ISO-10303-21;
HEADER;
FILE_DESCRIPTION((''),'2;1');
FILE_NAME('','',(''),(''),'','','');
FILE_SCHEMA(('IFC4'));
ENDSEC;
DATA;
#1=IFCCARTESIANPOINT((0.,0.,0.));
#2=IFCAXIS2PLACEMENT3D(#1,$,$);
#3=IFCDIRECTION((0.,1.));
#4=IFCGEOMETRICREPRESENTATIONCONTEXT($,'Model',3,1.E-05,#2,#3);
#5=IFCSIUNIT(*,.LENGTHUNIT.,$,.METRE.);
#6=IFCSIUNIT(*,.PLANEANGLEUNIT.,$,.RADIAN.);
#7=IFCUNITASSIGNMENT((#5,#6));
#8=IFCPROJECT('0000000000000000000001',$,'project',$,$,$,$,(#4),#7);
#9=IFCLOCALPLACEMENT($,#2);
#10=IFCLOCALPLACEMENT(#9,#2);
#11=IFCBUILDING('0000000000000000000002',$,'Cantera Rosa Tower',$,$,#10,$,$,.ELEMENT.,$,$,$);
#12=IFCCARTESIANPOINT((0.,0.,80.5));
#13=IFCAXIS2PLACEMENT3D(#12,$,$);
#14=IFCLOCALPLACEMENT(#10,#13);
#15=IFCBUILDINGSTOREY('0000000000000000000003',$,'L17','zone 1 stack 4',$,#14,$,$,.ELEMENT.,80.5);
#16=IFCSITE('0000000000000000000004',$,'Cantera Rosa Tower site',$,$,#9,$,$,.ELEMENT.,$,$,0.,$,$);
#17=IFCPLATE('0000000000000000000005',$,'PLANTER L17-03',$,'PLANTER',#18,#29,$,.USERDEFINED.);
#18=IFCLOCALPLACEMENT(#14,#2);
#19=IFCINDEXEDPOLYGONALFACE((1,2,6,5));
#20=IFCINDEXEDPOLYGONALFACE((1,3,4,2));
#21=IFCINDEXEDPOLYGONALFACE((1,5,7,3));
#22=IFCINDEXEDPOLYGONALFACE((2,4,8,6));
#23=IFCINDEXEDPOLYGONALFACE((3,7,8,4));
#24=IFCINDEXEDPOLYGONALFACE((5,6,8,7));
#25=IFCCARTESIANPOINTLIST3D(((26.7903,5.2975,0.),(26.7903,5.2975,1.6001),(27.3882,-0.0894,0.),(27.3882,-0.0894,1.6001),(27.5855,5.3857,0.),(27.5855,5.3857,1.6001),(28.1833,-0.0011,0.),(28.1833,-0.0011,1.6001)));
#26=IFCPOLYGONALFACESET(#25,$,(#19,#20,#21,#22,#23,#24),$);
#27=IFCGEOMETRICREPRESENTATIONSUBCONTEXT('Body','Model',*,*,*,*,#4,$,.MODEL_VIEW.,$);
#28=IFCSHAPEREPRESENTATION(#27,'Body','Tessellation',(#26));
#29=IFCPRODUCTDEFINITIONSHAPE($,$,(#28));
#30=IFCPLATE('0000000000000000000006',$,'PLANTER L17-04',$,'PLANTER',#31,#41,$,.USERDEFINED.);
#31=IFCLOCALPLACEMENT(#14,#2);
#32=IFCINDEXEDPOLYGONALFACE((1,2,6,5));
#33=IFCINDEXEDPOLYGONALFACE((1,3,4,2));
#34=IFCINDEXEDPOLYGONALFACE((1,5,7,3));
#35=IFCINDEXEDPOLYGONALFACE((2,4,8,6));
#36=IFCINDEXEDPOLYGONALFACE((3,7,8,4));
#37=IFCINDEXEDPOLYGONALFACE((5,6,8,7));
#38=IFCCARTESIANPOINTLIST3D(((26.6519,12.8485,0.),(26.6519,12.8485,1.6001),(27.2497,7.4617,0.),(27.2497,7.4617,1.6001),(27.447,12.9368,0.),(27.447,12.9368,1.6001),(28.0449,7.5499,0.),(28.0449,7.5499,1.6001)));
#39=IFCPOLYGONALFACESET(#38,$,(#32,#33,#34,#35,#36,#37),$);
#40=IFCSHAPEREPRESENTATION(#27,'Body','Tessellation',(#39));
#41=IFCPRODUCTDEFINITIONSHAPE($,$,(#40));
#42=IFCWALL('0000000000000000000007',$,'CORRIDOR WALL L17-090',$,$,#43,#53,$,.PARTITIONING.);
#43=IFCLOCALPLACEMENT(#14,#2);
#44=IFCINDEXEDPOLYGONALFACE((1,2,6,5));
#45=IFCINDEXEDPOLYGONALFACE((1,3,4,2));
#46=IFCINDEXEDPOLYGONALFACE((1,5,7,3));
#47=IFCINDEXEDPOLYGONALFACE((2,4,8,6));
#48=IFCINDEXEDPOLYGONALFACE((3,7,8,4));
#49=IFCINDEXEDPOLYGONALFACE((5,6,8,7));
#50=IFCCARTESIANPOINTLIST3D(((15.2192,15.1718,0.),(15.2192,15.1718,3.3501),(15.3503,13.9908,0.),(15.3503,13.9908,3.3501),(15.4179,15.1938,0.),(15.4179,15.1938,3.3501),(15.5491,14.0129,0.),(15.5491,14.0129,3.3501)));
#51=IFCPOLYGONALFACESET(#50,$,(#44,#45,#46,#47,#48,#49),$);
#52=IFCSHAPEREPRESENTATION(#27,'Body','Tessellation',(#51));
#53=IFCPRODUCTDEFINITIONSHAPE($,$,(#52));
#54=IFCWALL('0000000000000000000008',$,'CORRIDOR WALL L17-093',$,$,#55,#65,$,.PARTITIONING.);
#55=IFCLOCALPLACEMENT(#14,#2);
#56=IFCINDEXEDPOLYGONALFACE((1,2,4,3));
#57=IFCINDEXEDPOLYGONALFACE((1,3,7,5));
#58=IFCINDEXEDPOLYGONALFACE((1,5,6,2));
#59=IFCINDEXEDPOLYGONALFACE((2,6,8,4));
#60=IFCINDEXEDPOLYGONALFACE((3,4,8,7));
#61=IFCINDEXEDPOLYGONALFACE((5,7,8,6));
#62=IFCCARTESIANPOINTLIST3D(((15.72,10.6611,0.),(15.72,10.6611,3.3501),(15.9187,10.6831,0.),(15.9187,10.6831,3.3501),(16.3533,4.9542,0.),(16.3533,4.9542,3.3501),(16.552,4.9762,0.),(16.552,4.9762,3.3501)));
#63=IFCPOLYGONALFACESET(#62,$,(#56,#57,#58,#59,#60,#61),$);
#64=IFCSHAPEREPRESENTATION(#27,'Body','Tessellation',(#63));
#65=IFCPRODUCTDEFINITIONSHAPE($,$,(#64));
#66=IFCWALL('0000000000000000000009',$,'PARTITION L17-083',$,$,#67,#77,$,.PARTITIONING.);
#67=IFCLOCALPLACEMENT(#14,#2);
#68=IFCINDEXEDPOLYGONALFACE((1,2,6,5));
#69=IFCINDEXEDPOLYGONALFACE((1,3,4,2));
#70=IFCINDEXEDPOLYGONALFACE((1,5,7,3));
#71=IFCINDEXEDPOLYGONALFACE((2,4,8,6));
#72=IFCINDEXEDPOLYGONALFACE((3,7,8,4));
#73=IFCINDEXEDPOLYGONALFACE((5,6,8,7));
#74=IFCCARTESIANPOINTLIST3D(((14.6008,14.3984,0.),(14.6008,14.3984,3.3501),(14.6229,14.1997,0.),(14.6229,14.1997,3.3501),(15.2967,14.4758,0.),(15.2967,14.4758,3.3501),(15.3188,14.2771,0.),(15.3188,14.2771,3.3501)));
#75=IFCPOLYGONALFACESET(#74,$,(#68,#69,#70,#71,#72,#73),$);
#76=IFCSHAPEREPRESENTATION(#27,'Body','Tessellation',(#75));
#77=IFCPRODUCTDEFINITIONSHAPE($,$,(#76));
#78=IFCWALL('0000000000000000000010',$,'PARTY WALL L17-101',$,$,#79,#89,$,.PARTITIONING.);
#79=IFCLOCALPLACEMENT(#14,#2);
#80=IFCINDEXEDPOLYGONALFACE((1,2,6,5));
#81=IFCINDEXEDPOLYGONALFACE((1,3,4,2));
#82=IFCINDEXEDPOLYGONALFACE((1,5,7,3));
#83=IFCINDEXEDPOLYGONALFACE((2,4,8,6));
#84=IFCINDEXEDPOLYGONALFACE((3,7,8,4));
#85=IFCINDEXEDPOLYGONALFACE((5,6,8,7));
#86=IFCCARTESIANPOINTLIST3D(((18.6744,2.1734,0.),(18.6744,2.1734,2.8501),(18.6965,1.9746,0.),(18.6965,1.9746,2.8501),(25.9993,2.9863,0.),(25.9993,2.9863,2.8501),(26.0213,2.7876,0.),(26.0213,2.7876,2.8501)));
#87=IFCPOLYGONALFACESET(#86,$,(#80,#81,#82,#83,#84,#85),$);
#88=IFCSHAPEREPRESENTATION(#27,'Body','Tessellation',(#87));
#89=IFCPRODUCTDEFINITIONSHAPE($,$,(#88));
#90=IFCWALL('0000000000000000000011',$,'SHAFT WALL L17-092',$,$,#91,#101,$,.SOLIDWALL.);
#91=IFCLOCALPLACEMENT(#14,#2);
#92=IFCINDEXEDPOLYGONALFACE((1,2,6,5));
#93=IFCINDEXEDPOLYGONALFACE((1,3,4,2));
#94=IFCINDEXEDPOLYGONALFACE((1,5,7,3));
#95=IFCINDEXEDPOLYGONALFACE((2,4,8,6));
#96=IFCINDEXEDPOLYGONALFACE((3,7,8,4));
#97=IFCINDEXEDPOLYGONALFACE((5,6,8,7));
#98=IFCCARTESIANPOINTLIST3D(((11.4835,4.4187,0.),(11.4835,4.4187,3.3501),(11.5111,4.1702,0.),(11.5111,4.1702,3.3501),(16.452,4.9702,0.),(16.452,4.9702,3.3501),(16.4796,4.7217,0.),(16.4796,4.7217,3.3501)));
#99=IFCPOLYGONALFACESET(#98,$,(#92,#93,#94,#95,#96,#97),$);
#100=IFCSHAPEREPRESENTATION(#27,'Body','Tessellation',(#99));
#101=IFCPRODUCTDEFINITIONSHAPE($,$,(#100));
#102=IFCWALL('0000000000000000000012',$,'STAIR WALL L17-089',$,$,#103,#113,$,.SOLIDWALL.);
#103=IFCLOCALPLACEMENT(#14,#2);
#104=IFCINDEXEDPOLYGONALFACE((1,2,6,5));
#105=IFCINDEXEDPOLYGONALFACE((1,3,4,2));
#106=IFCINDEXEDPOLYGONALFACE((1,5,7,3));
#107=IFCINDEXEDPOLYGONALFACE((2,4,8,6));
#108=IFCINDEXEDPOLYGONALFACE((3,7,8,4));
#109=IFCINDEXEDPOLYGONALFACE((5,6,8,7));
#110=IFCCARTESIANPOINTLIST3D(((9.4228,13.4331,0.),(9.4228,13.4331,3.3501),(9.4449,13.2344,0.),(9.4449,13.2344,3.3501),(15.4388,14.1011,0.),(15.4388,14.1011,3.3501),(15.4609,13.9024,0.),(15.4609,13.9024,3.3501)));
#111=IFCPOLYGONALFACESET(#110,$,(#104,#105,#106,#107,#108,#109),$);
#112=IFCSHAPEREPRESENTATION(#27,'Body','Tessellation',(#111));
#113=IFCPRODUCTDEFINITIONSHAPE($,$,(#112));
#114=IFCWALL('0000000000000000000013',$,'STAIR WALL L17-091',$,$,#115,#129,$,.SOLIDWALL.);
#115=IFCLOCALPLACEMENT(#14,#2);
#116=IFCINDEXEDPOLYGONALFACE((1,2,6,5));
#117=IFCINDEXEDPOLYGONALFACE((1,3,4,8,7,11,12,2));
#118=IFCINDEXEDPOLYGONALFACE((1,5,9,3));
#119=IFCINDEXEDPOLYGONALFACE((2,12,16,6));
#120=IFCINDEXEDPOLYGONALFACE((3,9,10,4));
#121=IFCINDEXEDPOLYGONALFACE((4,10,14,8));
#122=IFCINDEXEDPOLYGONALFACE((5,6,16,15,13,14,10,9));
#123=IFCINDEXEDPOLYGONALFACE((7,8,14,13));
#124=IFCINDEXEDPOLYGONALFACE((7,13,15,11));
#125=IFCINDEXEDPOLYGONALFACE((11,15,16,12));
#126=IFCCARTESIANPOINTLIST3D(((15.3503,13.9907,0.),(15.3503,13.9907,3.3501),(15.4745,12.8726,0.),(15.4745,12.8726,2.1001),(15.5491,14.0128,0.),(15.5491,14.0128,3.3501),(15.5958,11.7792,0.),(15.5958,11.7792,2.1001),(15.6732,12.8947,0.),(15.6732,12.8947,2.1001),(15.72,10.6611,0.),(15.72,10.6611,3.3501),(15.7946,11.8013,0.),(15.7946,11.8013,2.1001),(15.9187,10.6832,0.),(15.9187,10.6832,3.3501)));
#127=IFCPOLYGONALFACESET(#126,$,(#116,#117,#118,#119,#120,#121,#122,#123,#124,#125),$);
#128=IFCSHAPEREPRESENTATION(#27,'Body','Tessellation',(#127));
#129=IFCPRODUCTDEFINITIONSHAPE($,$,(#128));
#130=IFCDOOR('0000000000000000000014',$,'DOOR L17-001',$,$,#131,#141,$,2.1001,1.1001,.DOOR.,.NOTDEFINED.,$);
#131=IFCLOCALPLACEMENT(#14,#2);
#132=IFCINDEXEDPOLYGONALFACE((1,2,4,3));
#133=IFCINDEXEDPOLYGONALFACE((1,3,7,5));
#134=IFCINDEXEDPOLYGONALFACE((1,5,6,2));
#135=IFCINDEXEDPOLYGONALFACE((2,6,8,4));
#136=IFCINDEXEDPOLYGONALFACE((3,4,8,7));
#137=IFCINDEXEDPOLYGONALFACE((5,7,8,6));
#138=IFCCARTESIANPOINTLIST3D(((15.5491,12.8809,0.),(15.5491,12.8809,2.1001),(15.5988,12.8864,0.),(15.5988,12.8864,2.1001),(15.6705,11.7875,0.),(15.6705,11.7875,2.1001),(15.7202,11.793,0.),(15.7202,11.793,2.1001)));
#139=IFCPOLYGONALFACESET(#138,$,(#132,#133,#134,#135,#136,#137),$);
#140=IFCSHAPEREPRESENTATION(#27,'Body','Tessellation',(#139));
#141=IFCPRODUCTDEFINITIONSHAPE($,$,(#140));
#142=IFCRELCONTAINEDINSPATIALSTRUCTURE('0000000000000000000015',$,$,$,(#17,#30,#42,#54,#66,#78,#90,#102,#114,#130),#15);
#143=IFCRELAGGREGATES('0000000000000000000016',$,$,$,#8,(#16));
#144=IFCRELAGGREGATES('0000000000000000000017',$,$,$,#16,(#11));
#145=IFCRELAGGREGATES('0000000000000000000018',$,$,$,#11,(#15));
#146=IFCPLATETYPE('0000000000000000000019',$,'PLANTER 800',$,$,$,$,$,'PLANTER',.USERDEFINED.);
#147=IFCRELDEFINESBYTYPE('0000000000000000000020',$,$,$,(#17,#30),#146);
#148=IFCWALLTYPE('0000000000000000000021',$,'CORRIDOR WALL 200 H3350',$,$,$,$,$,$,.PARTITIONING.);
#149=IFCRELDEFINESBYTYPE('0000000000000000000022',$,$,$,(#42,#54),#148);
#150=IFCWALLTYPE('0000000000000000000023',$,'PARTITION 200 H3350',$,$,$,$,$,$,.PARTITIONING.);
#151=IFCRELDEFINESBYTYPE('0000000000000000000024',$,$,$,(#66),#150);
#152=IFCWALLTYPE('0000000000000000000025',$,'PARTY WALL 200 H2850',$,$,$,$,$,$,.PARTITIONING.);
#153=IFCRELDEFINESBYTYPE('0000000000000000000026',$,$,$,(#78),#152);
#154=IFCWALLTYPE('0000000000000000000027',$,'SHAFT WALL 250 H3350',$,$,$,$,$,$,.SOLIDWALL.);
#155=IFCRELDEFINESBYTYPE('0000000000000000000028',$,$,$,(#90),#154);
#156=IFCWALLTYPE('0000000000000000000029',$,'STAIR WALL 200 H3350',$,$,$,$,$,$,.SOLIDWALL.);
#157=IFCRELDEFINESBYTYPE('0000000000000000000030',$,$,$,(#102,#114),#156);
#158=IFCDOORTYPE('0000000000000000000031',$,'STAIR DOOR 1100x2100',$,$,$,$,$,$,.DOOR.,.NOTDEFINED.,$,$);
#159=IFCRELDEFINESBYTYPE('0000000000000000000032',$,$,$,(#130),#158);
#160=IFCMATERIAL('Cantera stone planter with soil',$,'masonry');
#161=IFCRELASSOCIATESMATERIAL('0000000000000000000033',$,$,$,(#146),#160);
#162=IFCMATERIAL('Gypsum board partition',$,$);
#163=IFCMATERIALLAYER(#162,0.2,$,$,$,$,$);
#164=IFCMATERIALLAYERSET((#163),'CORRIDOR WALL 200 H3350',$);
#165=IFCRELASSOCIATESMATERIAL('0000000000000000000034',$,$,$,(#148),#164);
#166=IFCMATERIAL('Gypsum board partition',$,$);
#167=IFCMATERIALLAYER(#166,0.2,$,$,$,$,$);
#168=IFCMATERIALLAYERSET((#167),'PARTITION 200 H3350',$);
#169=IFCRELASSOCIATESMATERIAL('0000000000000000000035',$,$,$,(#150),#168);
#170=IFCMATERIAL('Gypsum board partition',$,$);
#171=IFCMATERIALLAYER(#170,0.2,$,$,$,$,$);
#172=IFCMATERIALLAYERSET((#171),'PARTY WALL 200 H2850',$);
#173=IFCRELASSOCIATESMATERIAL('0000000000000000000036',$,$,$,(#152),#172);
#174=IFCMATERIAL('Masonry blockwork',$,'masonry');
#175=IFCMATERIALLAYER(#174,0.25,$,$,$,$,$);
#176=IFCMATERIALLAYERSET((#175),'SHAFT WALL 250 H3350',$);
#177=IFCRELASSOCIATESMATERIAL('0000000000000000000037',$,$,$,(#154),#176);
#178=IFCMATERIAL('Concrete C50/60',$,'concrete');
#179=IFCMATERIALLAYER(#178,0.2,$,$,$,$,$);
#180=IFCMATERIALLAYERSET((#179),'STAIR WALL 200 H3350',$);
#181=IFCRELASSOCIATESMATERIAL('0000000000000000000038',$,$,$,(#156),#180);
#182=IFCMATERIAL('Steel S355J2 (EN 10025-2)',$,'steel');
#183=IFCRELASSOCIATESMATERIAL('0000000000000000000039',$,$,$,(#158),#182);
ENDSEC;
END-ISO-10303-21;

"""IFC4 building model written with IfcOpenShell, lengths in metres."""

from ifc_helpers import new_model, si_unit, direction, frame, frame_2d, origin, origin_2d, place, context, subcontext, project, spatial, rectangle, extrude, material, layer, layer_set, type_object, element, fill, save


model = new_model("IFC4")

# Units and contexts
model_context = context("Model", 3, precision=1e-05, world=origin(), true_north=direction((0.0, 1.0)))
body_context = subcontext(model_context, "Body", "Model", "MODEL_VIEW")
ifc_project = project(units=[si_unit("LENGTHUNIT", "METRE"), si_unit("PLANEANGLEUNIT", "RADIAN")], contexts=[model_context])

# Site, building, storey
site_placement = place(None, origin())
site = spatial("IfcSite", under=ifc_project, at=site_placement, Name="Cantera Rosa Tower site", CompositionType="ELEMENT", RefElevation=0.0)
building_placement = place(site_placement, origin())
building = spatial("IfcBuilding", under=site, at=building_placement, Name="Cantera Rosa Tower", CompositionType="ELEMENT")
storey_placement = place(building_placement, frame((0.0, 0.0, 80.5)))
storey = spatial("IfcBuildingStorey", under=building, at=storey_placement, Name="L17", Description="zone 1 stack 4", CompositionType="ELEMENT", Elevation=80.5)

# Plates
ifc_material_1 = material(Name="Cantera stone planter with soil", Category="masonry")
plate_type = type_object("IfcPlateType", Name="PLANTER 800", ElementType="PLANTER", PredefinedType="USERDEFINED", material=ifc_material_1)
for number, where, z_axis, x_axis, name in (
    (1, (27.4868, 2.6482, 0.0), (0.0, 0.0, 1.0), (-0.110313, 0.993897, 0.0), "PLANTER L17-03"),
    (2, (27.3484, 10.1992, 0.0), (0.0, 0.0, 1.0), (-0.110313, 0.993897, 0.0), "PLANTER L17-04"),
):
    element("IfcPlate", number, at=place(storey_placement, frame(where, z_axis=z_axis, x_axis=x_axis)), inside=storey, type_object=plate_type, Name=name, ObjectType="PLANTER", PredefinedType="USERDEFINED", context=body_context, shape_type="SweptSolid", body=[
        extrude(rectangle(XDim=5.4199, YDim=0.8, at=origin_2d()), origin(), (0.0, 0.0, 1.0), 1.6001),
    ])

# Walls
ifc_material_2 = material(Name="Gypsum board partition")
ifc_layer_1 = layer(ifc_material_2, 0.2)
ifc_layer_set_1 = layer_set([ifc_layer_1], Name="CORRIDOR WALL 200 H3350")
wall_type_1 = type_object("IfcWallType", Name="CORRIDOR WALL 200 H3350", PredefinedType="PARTITIONING", material=ifc_layer_set_1)
wall_1_placement = place(storey_placement, frame((15.4497, 14.0017, 0.0), z_axis=(0.0, 0.0, 1.0), x_axis=(-0.110341, 0.993894, 0.0)))
element("IfcWall", 3, at=wall_1_placement, inside=storey, type_object=wall_type_1, Name="CORRIDOR WALL L17-090", PredefinedType="PARTITIONING", context=body_context, shape_type="SweptSolid", body=[
    extrude(rectangle(XDim=1.1882, YDim=0.2, at=frame_2d((0.5942, 0.0))), origin(), (0.0, 0.0, 1.0), 3.3501),
])
wall_2_placement = place(storey_placement, frame((16.4526, 4.9651, 0.0), z_axis=(0.0, 0.0, 1.0), x_axis=(-0.110292, 0.993899, 0.0)))
element("IfcWall", 4, at=wall_2_placement, inside=storey, type_object=wall_type_1, Name="CORRIDOR WALL L17-093", PredefinedType="PARTITIONING", context=body_context, shape_type="SweptSolid", body=[
    extrude(rectangle(XDim=5.7419, YDim=0.2, at=frame_2d((2.8711, 0.0))), origin(), (0.0, 0.0, 1.0), 3.3501),
])

# Walls
ifc_material_3 = material(Name="Gypsum board partition")
ifc_layer_2 = layer(ifc_material_3, 0.2)
ifc_layer_set_2 = layer_set([ifc_layer_2], Name="PARTITION 200 H3350")
wall_type_2 = type_object("IfcWallType", Name="PARTITION 200 H3350", PredefinedType="PARTITIONING", material=ifc_layer_set_2)
wall_3_placement = place(storey_placement, frame((14.6118, 14.2991, 0.0), z_axis=(0.0, 0.0, 1.0), x_axis=(0.993871, 0.110546, 0.0)))
element("IfcWall", 5, at=wall_3_placement, inside=storey, type_object=wall_type_2, Name="PARTITION L17-083", PredefinedType="PARTITIONING", context=body_context, shape_type="SweptSolid", body=[
    extrude(rectangle(XDim=0.7002, YDim=0.2, at=frame_2d((0.3501, 0.0))), origin(), (0.0, 0.0, 1.0), 3.3501),
])
ifc_material_4 = material(Name="Gypsum board partition")
ifc_layer_3 = layer(ifc_material_4, 0.2)
ifc_layer_set_3 = layer_set([ifc_layer_3], Name="PARTY WALL 200 H2850")
wall_type_3 = type_object("IfcWallType", Name="PARTY WALL 200 H2850", PredefinedType="PARTITIONING", material=ifc_layer_set_3)
wall_4_placement = place(storey_placement, frame((18.6853, 2.074, 0.0), z_axis=(0.0, 0.0, 1.0), x_axis=(0.993897, 0.110312, 0.0)))
element("IfcWall", 6, at=wall_4_placement, inside=storey, type_object=wall_type_3, Name="PARTY WALL L17-101", PredefinedType="PARTITIONING", context=body_context, shape_type="SweptSolid", body=[
    extrude(rectangle(XDim=7.3699, YDim=0.2, at=frame_2d((3.6851, 0.0))), origin(), (0.0, 0.0, 1.0), 2.8501),
])
ifc_material_5 = material(Name="Masonry blockwork", Category="masonry")
ifc_layer_4 = layer(ifc_material_5, 0.25)
ifc_layer_set_4 = layer_set([ifc_layer_4], Name="SHAFT WALL 250 H3350")
wall_type_4 = type_object("IfcWallType", Name="SHAFT WALL 250 H3350", PredefinedType="SOLIDWALL", material=ifc_layer_set_4)
wall_5_placement = place(storey_placement, frame((16.4658, 4.8459, 0.0), z_axis=(0.0, 0.0, 1.0), x_axis=(-0.993896, -0.110324, 0.0)))
element("IfcWall", 7, at=wall_5_placement, inside=storey, type_object=wall_type_4, Name="SHAFT WALL L17-092", PredefinedType="SOLIDWALL", context=body_context, shape_type="SweptSolid", body=[
    extrude(rectangle(XDim=4.999, YDim=0.25, at=frame_2d((2.4995, 0.0))), origin(), (0.0, 0.0, 1.0), 3.3501),
])
ifc_material_6 = material(Name="Concrete C50/60", Category="concrete")
ifc_layer_5 = layer(ifc_material_6, 0.2)
ifc_layer_set_5 = layer_set([ifc_layer_5], Name="STAIR WALL 200 H3350")
wall_type_5 = type_object("IfcWallType", Name="STAIR WALL 200 H3350", PredefinedType="SOLIDWALL", material=ifc_layer_set_5)
wall_6_placement = place(storey_placement, frame((15.4497, 14.0017, 0.0), z_axis=(0.0, 0.0, 1.0), x_axis=(-0.993893, -0.110352, 0.0)))
element("IfcWall", 8, at=wall_6_placement, inside=storey, type_object=wall_type_5, Name="STAIR WALL L17-089", PredefinedType="SOLIDWALL", context=body_context, shape_type="SweptSolid", body=[
    extrude(rectangle(XDim=6.053, YDim=0.2, at=frame_2d((3.0264, 0.0))), origin(), (0.0, 0.0, 1.0), 3.3501),
])

# Wall, opening, door
wall_7_placement = place(storey_placement, frame((15.8193, 10.6721, 0.0), z_axis=(0.0, 0.0, 1.0), x_axis=(-0.110336, 0.993894, 0.0)))
wall_7 = element("IfcWall", 9, at=wall_7_placement, inside=storey, type_object=wall_type_5, Name="STAIR WALL L17-091", PredefinedType="SOLIDWALL", context=body_context, shape_type="SweptSolid", body=[
    extrude(rectangle(XDim=3.3501, YDim=0.2, at=frame_2d((1.675, 0.0))), origin(), (0.0, 0.0, 1.0), 3.3501),
])
opening_1_placement = place(wall_7_placement, frame((1.125, 0.0, 0.0)))
opening_1 = element("IfcOpeningElement", 10, at=opening_1_placement, cuts=wall_7, PredefinedType="OPENING", context=body_context, shape_type="SweptSolid", body=[
    extrude(rectangle(XDim=1.1001, YDim=2.1001, at=frame_2d((0.55, 1.05))), frame((0.0, 0.1099, 0.0), z_axis=(0.0, -1.0, 0.0), x_axis=(1.0, 0.0, 0.0)), (0.0, 0.0, 1.0), 0.22),
])
ifc_material_7 = material(Name="Steel S355J2 (EN 10025-2)", Category="steel")
door_type_1 = type_object("IfcDoorType", Name="STAIR DOOR 1100x2100", OperationType="NOTDEFINED", PredefinedType="DOOR", material=ifc_material_7)
door_1_placement = place(opening_1_placement, origin())
door_1 = element("IfcDoor", 11, at=door_1_placement, inside=storey, type_object=door_type_1, Name="DOOR L17-001", OperationType="NOTDEFINED", OverallHeight=2.1001, OverallWidth=1.1001, PredefinedType="DOOR", context=body_context, shape_type="SweptSolid", body=[
    extrude(rectangle(XDim=1.1001, YDim=2.1001, at=frame_2d((0.55, 1.05))), frame((0.0, 0.0249, 0.0), z_axis=(0.0, -1.0, 0.0), x_axis=(1.0, 0.0, 0.0)), (0.0, 0.0, 1.0), 0.05),
])
fill(opening_1, door_1)

save(model, "model.ifc")
